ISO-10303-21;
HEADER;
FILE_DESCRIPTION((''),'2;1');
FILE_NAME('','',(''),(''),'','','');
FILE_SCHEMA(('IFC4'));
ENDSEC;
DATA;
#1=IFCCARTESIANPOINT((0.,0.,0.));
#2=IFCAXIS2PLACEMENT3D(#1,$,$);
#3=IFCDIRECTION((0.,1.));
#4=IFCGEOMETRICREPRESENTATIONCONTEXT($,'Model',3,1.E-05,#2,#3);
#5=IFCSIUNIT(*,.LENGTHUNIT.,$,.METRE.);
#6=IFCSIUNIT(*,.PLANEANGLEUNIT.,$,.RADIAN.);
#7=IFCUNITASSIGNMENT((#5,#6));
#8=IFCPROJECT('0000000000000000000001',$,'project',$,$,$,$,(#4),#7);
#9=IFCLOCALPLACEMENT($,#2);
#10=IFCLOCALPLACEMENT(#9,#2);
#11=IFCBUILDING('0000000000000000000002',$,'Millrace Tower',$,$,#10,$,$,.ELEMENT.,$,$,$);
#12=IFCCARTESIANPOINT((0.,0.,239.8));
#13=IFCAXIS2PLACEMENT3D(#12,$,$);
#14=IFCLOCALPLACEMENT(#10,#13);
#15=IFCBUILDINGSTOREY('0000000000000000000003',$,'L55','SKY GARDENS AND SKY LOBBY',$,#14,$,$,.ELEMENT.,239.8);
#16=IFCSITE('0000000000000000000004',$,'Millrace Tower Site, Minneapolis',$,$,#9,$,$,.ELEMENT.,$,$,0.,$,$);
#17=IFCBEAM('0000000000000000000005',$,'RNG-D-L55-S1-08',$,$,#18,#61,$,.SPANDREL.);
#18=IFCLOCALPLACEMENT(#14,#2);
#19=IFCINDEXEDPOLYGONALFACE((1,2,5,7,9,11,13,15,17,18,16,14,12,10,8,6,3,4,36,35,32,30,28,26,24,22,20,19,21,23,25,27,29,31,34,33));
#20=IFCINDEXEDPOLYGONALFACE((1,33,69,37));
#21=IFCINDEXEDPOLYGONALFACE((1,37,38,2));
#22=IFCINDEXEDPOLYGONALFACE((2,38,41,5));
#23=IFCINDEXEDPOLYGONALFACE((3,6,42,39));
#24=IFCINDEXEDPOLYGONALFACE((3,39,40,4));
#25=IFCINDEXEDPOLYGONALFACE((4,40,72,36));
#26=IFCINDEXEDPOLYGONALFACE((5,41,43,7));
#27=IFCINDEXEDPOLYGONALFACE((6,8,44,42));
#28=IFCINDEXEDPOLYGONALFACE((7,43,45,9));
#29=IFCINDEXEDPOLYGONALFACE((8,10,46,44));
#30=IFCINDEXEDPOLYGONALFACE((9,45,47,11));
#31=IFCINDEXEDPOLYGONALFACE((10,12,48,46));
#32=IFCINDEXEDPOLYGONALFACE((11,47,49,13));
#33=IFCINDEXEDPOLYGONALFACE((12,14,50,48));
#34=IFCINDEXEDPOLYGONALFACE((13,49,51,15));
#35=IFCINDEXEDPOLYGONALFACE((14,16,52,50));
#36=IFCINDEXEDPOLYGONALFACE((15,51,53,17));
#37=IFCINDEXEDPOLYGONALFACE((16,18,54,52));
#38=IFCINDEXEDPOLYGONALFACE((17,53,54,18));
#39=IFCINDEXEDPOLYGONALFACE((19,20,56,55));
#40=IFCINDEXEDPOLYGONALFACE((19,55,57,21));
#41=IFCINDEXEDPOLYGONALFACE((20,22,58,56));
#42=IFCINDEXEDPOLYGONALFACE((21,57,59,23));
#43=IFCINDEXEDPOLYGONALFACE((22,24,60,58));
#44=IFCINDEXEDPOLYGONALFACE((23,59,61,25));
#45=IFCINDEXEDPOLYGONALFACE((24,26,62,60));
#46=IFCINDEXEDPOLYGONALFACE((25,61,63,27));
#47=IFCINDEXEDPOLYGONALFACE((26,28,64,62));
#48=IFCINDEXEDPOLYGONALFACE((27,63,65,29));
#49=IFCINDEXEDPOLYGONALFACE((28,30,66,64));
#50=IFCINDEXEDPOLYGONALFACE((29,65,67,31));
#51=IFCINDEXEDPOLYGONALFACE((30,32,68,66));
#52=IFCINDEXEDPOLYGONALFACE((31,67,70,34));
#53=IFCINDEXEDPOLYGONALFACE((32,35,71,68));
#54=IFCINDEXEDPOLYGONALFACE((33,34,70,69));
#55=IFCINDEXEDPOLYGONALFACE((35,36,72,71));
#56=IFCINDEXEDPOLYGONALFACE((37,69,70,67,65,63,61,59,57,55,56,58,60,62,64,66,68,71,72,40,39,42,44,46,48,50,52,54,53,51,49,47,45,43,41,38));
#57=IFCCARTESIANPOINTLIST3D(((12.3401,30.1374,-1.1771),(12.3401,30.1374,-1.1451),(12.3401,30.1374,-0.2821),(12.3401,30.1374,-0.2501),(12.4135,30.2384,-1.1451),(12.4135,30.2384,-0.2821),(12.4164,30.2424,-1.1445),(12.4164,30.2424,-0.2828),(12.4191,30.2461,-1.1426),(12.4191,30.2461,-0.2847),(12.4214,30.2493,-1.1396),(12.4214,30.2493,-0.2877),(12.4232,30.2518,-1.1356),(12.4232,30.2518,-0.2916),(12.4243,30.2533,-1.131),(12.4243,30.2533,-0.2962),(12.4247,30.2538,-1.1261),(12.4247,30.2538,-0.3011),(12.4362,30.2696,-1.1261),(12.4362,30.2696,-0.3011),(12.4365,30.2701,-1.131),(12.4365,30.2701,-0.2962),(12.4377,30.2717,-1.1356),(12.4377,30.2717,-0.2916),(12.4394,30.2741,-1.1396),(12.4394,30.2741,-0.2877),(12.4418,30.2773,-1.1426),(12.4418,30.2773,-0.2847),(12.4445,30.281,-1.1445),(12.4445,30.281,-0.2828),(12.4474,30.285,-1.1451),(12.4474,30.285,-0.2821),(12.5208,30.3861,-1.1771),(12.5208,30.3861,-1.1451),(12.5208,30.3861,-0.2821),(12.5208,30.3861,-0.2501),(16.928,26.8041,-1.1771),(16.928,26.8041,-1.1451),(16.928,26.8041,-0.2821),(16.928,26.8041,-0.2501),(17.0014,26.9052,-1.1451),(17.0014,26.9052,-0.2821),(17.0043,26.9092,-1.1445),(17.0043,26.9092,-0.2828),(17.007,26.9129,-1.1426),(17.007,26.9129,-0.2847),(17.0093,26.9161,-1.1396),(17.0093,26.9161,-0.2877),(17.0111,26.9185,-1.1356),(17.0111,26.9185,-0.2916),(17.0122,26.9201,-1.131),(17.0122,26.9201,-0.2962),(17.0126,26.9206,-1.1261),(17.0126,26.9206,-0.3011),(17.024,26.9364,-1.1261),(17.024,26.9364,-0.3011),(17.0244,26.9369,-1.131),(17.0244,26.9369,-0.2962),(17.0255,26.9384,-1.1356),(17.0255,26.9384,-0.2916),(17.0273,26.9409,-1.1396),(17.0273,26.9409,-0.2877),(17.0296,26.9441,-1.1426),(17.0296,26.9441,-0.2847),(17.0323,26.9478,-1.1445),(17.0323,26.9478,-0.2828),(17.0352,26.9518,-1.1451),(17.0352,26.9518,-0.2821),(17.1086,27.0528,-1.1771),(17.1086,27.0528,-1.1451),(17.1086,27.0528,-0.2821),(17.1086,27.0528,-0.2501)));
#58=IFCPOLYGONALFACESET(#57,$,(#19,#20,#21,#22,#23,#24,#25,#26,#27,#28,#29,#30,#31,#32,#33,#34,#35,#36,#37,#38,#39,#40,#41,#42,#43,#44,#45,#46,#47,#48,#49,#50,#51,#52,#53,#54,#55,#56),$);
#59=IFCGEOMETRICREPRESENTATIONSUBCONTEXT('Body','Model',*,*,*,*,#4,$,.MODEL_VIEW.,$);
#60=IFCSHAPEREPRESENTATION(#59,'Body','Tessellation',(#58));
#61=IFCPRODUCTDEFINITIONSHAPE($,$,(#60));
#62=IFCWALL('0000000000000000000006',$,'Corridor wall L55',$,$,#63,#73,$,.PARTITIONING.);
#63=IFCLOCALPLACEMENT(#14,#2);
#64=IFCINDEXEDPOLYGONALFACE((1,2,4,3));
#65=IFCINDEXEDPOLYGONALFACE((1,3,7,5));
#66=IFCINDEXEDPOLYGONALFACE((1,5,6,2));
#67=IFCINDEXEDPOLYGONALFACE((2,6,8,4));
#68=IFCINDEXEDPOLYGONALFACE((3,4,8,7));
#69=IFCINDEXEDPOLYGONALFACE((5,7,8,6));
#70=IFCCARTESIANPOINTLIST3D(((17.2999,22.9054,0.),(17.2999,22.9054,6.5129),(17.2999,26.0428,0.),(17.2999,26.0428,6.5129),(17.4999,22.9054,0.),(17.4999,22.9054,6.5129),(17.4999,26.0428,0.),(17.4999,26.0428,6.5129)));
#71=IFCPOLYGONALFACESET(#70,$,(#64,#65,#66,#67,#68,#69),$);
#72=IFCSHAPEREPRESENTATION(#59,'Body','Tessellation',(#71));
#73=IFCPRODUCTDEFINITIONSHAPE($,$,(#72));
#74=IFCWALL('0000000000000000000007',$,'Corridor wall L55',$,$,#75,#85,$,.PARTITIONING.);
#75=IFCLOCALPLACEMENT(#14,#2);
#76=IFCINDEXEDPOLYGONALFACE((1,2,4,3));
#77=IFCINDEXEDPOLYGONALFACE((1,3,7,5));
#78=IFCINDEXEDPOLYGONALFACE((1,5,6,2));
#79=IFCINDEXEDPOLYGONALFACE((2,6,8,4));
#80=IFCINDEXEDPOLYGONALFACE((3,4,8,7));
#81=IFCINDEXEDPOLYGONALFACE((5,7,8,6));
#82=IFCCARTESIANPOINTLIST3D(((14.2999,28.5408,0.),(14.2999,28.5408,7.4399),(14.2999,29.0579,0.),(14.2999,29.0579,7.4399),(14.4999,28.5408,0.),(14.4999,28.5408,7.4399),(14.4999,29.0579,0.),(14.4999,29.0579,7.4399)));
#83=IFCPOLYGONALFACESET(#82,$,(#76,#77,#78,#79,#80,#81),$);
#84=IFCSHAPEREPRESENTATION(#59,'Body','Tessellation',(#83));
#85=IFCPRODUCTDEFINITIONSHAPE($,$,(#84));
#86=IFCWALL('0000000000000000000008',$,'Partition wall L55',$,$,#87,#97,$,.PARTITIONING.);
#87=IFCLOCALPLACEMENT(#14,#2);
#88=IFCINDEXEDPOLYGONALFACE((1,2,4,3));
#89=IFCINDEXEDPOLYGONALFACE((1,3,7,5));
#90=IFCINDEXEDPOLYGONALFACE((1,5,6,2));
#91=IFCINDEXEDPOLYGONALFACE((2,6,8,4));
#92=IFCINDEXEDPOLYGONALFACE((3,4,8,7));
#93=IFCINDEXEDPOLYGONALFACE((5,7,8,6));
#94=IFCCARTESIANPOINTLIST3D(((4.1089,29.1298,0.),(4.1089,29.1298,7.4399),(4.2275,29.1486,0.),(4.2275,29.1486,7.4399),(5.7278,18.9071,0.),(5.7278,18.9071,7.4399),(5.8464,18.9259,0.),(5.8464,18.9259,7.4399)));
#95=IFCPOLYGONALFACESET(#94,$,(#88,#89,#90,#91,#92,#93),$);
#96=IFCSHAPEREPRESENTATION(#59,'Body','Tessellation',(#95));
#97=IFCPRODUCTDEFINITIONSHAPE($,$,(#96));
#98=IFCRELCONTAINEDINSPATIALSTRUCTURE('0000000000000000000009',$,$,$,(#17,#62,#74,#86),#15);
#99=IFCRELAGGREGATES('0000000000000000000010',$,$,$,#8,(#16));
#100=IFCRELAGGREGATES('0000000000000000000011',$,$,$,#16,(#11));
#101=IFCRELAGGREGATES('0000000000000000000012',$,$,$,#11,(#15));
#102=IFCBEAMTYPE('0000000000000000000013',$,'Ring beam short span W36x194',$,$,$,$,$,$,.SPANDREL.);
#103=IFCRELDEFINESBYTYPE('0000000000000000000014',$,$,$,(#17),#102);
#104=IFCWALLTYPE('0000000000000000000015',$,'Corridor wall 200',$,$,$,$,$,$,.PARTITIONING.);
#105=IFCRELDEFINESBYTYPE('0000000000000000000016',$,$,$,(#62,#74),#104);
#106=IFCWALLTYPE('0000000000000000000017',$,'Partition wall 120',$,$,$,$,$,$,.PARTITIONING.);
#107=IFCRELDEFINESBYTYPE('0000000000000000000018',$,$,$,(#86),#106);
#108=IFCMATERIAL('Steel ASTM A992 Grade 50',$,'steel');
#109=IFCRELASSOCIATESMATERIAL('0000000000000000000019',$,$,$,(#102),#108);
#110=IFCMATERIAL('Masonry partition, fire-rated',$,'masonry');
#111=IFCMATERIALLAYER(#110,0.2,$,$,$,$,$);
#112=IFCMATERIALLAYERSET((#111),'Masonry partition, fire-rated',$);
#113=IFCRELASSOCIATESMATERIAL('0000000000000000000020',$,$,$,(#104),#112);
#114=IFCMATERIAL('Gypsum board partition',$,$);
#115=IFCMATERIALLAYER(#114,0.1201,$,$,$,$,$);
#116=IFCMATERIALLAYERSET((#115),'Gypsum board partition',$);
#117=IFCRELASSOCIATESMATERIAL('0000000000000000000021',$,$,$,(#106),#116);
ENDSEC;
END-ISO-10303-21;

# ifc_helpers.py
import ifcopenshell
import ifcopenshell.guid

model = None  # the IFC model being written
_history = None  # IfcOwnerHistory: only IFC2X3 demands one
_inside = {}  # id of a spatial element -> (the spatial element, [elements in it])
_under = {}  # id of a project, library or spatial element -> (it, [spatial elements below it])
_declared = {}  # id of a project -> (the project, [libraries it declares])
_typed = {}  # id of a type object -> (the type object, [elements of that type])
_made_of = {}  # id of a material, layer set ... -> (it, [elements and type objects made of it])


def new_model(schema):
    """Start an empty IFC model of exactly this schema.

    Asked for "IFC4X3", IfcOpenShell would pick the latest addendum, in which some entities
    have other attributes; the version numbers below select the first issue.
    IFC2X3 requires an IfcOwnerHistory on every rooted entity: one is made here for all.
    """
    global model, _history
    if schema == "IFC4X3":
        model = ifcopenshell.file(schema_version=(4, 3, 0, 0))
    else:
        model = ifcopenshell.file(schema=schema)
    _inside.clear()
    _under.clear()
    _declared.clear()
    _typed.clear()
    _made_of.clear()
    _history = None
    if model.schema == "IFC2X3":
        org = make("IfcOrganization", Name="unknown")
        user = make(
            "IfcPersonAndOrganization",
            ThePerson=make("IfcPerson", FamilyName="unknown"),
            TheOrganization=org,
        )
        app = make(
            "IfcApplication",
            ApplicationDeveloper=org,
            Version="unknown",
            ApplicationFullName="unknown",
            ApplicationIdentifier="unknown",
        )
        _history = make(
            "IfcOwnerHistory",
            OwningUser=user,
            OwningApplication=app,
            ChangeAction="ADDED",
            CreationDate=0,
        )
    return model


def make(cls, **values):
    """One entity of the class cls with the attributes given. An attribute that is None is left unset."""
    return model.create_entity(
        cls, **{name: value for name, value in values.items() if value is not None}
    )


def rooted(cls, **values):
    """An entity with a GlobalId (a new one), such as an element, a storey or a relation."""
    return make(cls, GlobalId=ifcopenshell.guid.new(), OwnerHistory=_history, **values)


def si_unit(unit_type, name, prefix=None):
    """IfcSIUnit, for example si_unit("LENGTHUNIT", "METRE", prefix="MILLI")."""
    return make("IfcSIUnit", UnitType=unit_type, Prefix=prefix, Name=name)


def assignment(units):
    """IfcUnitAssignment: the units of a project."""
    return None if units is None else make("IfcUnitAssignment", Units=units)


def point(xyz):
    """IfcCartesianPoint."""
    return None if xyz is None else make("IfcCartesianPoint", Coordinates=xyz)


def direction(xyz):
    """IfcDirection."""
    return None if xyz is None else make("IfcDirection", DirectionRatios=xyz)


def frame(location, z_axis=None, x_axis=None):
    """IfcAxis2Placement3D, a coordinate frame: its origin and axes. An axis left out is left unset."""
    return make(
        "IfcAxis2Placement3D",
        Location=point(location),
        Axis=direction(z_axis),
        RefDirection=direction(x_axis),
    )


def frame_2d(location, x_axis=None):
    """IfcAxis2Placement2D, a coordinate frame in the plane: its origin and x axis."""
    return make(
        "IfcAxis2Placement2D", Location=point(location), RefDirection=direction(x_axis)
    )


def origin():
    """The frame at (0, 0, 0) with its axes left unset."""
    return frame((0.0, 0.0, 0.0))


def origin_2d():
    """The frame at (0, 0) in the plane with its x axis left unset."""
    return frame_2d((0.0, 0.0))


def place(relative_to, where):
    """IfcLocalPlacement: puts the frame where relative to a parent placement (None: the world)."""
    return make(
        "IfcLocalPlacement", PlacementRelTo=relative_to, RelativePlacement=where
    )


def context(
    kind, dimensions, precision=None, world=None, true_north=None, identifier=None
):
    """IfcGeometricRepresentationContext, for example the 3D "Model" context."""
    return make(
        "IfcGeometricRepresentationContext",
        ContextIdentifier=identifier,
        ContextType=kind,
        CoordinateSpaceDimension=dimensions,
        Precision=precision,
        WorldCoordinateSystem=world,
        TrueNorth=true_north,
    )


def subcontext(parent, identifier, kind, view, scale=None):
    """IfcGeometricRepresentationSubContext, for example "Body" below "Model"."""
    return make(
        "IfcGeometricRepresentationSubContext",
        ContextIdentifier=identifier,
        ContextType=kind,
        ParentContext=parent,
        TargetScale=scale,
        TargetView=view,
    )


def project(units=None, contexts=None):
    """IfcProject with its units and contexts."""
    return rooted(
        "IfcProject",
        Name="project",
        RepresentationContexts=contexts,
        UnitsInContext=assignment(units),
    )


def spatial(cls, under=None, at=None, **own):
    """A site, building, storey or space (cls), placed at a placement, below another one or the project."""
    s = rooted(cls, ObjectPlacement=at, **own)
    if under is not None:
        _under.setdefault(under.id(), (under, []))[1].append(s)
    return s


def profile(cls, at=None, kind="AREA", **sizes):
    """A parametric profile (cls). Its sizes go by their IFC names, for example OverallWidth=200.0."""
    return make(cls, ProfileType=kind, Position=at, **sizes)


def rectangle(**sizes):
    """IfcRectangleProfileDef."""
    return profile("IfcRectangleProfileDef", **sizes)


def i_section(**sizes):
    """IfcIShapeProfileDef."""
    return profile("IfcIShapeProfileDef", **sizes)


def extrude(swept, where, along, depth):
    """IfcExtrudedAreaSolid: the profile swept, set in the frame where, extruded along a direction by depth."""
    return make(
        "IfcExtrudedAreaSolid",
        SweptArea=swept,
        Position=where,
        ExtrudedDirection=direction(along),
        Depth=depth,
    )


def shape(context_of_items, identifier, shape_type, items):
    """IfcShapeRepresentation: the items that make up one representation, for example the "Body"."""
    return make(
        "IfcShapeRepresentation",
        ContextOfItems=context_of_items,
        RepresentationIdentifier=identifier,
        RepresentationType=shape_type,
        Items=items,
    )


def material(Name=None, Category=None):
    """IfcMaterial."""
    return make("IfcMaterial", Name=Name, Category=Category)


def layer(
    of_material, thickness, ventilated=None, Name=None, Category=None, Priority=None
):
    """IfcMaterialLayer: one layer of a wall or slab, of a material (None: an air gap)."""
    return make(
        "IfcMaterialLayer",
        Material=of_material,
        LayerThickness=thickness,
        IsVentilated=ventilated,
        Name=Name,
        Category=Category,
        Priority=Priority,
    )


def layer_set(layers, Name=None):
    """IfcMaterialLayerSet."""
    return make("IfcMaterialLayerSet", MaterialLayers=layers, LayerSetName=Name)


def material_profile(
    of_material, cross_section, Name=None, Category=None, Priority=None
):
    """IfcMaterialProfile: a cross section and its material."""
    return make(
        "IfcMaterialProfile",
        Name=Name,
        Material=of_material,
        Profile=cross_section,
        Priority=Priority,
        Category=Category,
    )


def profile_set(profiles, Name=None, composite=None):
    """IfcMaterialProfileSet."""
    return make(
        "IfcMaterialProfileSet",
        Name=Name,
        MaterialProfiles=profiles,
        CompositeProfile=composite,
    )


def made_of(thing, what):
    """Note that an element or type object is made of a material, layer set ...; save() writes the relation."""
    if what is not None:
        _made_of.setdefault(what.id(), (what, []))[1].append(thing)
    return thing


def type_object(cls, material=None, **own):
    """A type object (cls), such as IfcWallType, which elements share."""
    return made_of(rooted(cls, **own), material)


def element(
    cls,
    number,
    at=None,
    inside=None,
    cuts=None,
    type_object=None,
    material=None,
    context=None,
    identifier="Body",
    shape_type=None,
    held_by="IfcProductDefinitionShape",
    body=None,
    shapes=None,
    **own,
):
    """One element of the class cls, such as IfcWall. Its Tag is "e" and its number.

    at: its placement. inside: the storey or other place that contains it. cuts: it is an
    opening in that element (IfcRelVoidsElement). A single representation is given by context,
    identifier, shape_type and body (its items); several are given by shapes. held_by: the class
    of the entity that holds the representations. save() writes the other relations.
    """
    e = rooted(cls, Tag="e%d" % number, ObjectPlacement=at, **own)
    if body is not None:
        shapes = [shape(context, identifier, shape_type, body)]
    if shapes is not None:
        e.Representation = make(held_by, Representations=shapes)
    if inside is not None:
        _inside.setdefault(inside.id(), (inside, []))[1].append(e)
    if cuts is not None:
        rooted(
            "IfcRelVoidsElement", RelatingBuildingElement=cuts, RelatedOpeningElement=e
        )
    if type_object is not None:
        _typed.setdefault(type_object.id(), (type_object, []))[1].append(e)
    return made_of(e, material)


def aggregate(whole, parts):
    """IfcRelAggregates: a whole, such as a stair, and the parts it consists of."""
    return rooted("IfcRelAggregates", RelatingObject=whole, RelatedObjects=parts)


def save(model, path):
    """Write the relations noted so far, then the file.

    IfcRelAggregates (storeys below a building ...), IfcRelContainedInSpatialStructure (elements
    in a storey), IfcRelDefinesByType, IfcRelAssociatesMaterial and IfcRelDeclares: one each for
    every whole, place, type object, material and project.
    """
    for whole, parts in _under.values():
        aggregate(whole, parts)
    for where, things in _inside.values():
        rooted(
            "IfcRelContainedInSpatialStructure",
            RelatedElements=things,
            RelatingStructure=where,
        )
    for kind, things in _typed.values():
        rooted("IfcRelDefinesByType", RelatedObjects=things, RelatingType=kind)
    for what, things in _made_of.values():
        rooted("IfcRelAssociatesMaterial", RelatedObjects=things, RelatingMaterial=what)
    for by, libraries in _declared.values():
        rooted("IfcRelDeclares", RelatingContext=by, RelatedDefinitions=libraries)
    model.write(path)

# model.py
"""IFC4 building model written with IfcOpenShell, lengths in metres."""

from ifc_helpers import new_model, si_unit, direction, frame, frame_2d, origin, origin_2d, place, context, subcontext, project, spatial, rectangle, i_section, extrude, material, layer, layer_set, material_profile, profile_set, type_object, element, save


model = new_model("IFC4")

# Units and contexts
model_context = context("Model", 3, precision=1e-05, world=origin(), true_north=direction((0.0, 1.0)))
body_context = subcontext(model_context, "Body", "Model", "MODEL_VIEW")
ifc_project = project(units=[si_unit("LENGTHUNIT", "METRE"), si_unit("PLANEANGLEUNIT", "RADIAN")], contexts=[model_context])

# Site, building, storey
site_placement = place(None, origin())
site = spatial("IfcSite", under=ifc_project, at=site_placement, Name="Millrace Tower Site, Minneapolis", CompositionType="ELEMENT", RefElevation=0.0)
building_placement = place(site_placement, origin())
building = spatial("IfcBuilding", under=site, at=building_placement, Name="Millrace Tower", CompositionType="ELEMENT")
storey_placement = place(building_placement, frame((0.0, 0.0, 239.8)))
storey = spatial("IfcBuildingStorey", under=building, at=storey_placement, Name="L55", Description="SKY GARDENS AND SKY LOBBY", CompositionType="ELEMENT", Elevation=239.8)

# Beam
ifc_material_1 = material(Name="Steel ASTM A992 Grade 50", Category="steel")
ifc_material_profile_1 = material_profile(ifc_material_1, i_section(OverallWidth=0.3074, OverallDepth=0.927, WebThickness=0.0195, FlangeThickness=0.032, FilletRadius=0.019, at=origin_2d()))
ifc_profile_set_1 = profile_set([ifc_material_profile_1], Name="Steel ASTM A992 Grade 50")
beam_type_1 = type_object("IfcBeamType", Name="Ring beam short span W36x194", PredefinedType="SPANDREL", material=ifc_profile_set_1)
beam_1_placement = place(storey_placement, frame((12.4304, 30.2617, -0.7136), z_axis=(0.809021, -0.58778, 0.0), x_axis=(0.58778, 0.809021, 0.0)))
element("IfcBeam", 1, at=beam_1_placement, inside=storey, type_object=beam_type_1, Name="RNG-D-L55-S1-08", PredefinedType="SPANDREL", context=body_context, shape_type="SweptSolid", body=[
    extrude(i_section(OverallWidth=0.3074, OverallDepth=0.927, WebThickness=0.0195, FlangeThickness=0.032, FilletRadius=0.019, at=origin_2d()), origin(), (0.0, 0.0, 1.0), 5.6709),
])

# Walls
ifc_material_2 = material(Name="Masonry partition, fire-rated", Category="masonry")
ifc_layer_1 = layer(ifc_material_2, 0.2)
ifc_layer_set_1 = layer_set([ifc_layer_1], Name="Masonry partition, fire-rated")
wall_type_1 = type_object("IfcWallType", Name="Corridor wall 200", PredefinedType="PARTITIONING", material=ifc_layer_set_1)
wall_1_placement = place(storey_placement, frame((17.3999, 22.9053, 0.0), z_axis=(0.0, 0.0, 1.0), x_axis=(0.0, 1.0, 0.0)))
element("IfcWall", 2, at=wall_1_placement, inside=storey, type_object=wall_type_1, Name="Corridor wall L55", PredefinedType="PARTITIONING", context=body_context, shape_type="SweptSolid", body=[
    extrude(rectangle(XDim=3.1375, YDim=0.2, at=frame_2d((1.5688, 0.0))), origin(), (0.0, 0.0, 1.0), 6.5129),
])
wall_2_placement = place(storey_placement, frame((14.3999, 28.5408, 0.0), z_axis=(0.0, 0.0, 1.0), x_axis=(0.0, 1.0, 0.0)))
element("IfcWall", 3, at=wall_2_placement, inside=storey, type_object=wall_type_1, Name="Corridor wall L55", PredefinedType="PARTITIONING", context=body_context, shape_type="SweptSolid", body=[
    extrude(rectangle(XDim=0.5171, YDim=0.2, at=frame_2d((0.2585, 0.0))), origin(), (0.0, 0.0, 1.0), 7.4399),
])
ifc_material_3 = material(Name="Gypsum board partition")
ifc_layer_2 = layer(ifc_material_3, 0.1201)
ifc_layer_set_2 = layer_set([ifc_layer_2], Name="Gypsum board partition")
wall_type_2 = type_object("IfcWallType", Name="Partition wall 120", PredefinedType="PARTITIONING", material=ifc_layer_set_2)
wall_3_placement = place(storey_placement, frame((4.1682, 29.1392, 0.0), z_axis=(0.0, 0.0, 1.0), x_axis=(0.156414, -0.987692, 0.0)))
element("IfcWall", 4, at=wall_3_placement, inside=storey, type_object=wall_type_2, Name="Partition wall L55", PredefinedType="PARTITIONING", context=body_context, shape_type="SweptSolid", body=[
    extrude(rectangle(XDim=10.3501, YDim=0.1201, at=frame_2d((5.175, 0.0))), origin(), (0.0, 0.0, 1.0), 7.4399),
])

save(model, "model.ifc")
